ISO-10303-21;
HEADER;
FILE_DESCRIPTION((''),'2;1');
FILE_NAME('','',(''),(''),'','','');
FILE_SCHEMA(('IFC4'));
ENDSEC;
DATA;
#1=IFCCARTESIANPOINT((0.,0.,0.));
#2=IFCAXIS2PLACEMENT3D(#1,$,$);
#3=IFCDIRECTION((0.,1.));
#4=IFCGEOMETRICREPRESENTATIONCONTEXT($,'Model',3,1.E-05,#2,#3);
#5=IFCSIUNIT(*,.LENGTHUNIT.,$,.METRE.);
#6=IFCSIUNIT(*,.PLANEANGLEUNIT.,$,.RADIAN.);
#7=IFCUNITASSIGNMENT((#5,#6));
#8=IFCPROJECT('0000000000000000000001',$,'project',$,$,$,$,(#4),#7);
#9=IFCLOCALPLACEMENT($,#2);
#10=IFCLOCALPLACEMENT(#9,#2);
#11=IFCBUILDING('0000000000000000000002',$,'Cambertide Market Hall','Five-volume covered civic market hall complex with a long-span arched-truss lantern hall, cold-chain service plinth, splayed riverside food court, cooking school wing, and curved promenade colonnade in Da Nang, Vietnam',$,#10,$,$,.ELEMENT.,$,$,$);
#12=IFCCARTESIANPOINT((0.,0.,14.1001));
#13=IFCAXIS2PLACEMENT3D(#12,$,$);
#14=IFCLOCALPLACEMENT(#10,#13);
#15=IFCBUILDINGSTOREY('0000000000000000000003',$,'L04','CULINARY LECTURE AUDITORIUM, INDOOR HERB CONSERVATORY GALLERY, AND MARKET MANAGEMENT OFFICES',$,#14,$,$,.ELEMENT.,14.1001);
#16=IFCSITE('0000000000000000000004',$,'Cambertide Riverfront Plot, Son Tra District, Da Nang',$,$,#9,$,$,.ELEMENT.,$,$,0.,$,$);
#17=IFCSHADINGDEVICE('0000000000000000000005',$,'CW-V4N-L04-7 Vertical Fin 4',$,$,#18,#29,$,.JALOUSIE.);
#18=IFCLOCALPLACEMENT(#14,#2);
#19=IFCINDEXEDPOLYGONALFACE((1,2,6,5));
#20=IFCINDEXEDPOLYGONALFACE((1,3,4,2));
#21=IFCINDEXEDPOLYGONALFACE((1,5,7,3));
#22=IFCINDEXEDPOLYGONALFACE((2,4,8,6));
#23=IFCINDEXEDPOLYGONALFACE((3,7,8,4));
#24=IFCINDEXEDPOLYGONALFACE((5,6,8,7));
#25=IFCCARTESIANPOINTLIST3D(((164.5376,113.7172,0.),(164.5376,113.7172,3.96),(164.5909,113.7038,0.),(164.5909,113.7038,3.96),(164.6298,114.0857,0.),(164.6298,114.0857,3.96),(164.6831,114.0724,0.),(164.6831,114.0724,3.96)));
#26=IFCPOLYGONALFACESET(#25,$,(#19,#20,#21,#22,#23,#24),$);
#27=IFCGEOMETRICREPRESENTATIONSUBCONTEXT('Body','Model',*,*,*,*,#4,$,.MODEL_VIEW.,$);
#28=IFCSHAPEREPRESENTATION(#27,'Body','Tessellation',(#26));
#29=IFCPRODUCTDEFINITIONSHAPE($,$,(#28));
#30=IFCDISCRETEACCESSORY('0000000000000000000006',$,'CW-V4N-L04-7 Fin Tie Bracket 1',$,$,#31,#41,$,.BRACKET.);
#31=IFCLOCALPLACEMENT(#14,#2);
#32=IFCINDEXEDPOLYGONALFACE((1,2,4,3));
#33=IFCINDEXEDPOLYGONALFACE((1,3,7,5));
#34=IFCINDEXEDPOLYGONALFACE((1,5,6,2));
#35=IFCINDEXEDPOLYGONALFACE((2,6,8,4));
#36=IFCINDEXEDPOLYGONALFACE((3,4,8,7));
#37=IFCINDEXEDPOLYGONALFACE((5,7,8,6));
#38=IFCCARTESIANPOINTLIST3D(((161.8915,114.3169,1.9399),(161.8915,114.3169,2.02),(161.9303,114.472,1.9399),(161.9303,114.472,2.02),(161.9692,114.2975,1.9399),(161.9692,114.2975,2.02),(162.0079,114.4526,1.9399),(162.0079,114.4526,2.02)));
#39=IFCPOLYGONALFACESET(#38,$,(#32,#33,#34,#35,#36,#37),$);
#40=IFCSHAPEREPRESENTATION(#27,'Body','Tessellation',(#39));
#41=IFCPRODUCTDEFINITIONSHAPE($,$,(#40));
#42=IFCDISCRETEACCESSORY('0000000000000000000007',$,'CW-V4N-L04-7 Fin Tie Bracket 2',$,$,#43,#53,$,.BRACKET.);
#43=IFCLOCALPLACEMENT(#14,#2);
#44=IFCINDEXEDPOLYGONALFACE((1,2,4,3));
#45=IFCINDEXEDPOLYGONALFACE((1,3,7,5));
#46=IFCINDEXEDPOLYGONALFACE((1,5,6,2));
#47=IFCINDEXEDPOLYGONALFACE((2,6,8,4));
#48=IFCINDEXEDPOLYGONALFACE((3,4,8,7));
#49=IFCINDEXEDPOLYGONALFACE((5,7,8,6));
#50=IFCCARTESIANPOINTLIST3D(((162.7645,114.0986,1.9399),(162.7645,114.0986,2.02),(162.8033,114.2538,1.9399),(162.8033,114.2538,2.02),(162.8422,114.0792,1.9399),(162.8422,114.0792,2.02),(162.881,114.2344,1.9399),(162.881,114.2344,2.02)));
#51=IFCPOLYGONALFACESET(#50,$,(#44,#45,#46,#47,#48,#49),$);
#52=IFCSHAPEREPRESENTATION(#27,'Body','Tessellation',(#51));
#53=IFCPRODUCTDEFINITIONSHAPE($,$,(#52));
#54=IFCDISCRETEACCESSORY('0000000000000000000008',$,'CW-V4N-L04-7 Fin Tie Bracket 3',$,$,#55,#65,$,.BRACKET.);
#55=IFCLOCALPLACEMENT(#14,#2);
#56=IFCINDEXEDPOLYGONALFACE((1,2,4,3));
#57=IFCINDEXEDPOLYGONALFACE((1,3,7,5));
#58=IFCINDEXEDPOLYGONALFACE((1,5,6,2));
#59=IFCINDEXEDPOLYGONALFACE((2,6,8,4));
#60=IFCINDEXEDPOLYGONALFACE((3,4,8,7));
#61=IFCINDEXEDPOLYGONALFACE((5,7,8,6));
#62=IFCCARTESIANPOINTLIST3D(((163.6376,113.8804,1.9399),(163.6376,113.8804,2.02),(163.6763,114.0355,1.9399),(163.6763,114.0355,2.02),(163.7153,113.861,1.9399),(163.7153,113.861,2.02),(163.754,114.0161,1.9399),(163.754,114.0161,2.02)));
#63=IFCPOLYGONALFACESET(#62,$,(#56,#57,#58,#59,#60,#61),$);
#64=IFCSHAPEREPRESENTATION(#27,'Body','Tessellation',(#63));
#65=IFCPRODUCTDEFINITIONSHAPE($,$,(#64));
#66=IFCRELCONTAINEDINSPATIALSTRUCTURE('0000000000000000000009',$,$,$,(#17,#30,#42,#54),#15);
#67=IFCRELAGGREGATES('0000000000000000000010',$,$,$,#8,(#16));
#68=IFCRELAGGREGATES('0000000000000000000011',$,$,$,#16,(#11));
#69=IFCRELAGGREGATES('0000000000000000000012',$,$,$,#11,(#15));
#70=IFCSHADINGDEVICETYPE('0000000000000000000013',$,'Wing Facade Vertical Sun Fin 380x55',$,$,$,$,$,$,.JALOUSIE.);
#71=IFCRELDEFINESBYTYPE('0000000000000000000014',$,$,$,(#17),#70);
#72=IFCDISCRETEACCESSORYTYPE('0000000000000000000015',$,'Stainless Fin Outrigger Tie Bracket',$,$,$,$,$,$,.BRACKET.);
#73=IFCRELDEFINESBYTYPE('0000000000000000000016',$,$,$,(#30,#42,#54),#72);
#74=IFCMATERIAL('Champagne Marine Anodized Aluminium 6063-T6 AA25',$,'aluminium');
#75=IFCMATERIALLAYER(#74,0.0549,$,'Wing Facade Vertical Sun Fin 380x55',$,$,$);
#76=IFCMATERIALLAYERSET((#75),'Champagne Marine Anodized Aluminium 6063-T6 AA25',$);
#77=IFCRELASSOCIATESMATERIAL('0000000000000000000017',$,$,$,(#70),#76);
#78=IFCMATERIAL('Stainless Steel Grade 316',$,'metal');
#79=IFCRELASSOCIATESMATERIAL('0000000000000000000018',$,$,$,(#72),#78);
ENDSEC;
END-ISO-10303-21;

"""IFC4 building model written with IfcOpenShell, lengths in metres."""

from ifc_helpers import new_model, si_unit, direction, frame, origin, origin_2d, place, context, subcontext, project, spatial, rectangle, extrude, material, layer, layer_set, type_object, element, save


model = new_model("IFC4")

# Units and contexts
model_context = context("Model", 3, precision=1e-05, world=origin(), true_north=direction((0.0, 1.0)))
body_context = subcontext(model_context, "Body", "Model", "MODEL_VIEW")
ifc_project = project(units=[si_unit("LENGTHUNIT", "METRE"), si_unit("PLANEANGLEUNIT", "RADIAN")], contexts=[model_context])

# Site, building, storey
site_placement = place(None, origin())
site = spatial("IfcSite", under=ifc_project, at=site_placement, Name="Cambertide Riverfront Plot, Son Tra District, Da Nang", CompositionType="ELEMENT", RefElevation=0.0)
building_placement = place(site_placement, origin())
building = spatial("IfcBuilding", under=site, at=building_placement, Name="Cambertide Market Hall", Description="Five-volume covered civic market hall complex with a long-span arched-truss lantern hall, cold-chain service plinth, splayed riverside food court, cooking school wing, and curved promenade colonnade in Da Nang, Vietnam", CompositionType="ELEMENT")
storey_placement = place(building_placement, frame((0.0, 0.0, 14.1001)))
storey = spatial("IfcBuildingStorey", under=building, at=storey_placement, Name="L04", Description="CULINARY LECTURE AUDITORIUM, INDOOR HERB CONSERVATORY GALLERY, AND MARKET MANAGEMENT OFFICES", CompositionType="ELEMENT", Elevation=14.1001)

# Shading device
ifc_material_1 = material(Name="Champagne Marine Anodized Aluminium 6063-T6 AA25", Category="aluminium")
ifc_layer_1 = layer(ifc_material_1, 0.0549, Name="Wing Facade Vertical Sun Fin 380x55")
ifc_layer_set_1 = layer_set([ifc_layer_1], Name="Champagne Marine Anodized Aluminium 6063-T6 AA25")
shading_device_type = type_object("IfcShadingDeviceType", Name="Wing Facade Vertical Sun Fin 380x55", PredefinedType="JALOUSIE", material=ifc_layer_set_1)
for number, where, z_axis, x_axis, name in (
    (1, (164.6104, 113.8948, 0.0), (0.0, 0.0, 1.0), (0.970143, -0.242536, 0.0), "CW-V4N-L04-7 Vertical Fin 4"),
):
    element("IfcShadingDevice", number, at=place(storey_placement, frame(where, z_axis=z_axis, x_axis=x_axis)), inside=storey, type_object=shading_device_type, Name=name, PredefinedType="JALOUSIE", context=body_context, shape_type="SweptSolid", body=[
        extrude(rectangle(XDim=0.0549, YDim=0.3799, at=origin_2d()), origin(), (0.0, 0.0, 1.0), 3.96),
    ])

# Discrete accessories
ifc_material_2 = material(Name="Stainless Steel Grade 316", Category="metal")
discrete_accessory_type = type_object("IfcDiscreteAccessoryType", Name="Stainless Fin Outrigger Tie Bracket", PredefinedType="BRACKET", material=ifc_material_2)
for number, where, z_axis, x_axis, name in (
    (2, (161.9497, 114.3848, 1.9399), (0.0, 0.0, 1.0), (0.970143, -0.242536, 0.0), "CW-V4N-L04-7 Fin Tie Bracket 1"),
    (3, (162.8228, 114.1665, 1.9399), (0.0, 0.0, 1.0), (0.970143, -0.242536, 0.0), "CW-V4N-L04-7 Fin Tie Bracket 2"),
    (4, (163.6958, 113.9482, 1.9399), (0.0, 0.0, 1.0), (0.970143, -0.242536, 0.0), "CW-V4N-L04-7 Fin Tie Bracket 3"),
):
    element("IfcDiscreteAccessory", number, at=place(storey_placement, frame(where, z_axis=z_axis, x_axis=x_axis)), inside=storey, type_object=discrete_accessory_type, Name=name, PredefinedType="BRACKET", context=body_context, shape_type="SweptSolid", body=[
        extrude(rectangle(XDim=0.0801, YDim=0.1599, at=origin_2d()), origin(), (0.0, 0.0, 1.0), 0.0801),
    ])

save(model, "model.ifc")
